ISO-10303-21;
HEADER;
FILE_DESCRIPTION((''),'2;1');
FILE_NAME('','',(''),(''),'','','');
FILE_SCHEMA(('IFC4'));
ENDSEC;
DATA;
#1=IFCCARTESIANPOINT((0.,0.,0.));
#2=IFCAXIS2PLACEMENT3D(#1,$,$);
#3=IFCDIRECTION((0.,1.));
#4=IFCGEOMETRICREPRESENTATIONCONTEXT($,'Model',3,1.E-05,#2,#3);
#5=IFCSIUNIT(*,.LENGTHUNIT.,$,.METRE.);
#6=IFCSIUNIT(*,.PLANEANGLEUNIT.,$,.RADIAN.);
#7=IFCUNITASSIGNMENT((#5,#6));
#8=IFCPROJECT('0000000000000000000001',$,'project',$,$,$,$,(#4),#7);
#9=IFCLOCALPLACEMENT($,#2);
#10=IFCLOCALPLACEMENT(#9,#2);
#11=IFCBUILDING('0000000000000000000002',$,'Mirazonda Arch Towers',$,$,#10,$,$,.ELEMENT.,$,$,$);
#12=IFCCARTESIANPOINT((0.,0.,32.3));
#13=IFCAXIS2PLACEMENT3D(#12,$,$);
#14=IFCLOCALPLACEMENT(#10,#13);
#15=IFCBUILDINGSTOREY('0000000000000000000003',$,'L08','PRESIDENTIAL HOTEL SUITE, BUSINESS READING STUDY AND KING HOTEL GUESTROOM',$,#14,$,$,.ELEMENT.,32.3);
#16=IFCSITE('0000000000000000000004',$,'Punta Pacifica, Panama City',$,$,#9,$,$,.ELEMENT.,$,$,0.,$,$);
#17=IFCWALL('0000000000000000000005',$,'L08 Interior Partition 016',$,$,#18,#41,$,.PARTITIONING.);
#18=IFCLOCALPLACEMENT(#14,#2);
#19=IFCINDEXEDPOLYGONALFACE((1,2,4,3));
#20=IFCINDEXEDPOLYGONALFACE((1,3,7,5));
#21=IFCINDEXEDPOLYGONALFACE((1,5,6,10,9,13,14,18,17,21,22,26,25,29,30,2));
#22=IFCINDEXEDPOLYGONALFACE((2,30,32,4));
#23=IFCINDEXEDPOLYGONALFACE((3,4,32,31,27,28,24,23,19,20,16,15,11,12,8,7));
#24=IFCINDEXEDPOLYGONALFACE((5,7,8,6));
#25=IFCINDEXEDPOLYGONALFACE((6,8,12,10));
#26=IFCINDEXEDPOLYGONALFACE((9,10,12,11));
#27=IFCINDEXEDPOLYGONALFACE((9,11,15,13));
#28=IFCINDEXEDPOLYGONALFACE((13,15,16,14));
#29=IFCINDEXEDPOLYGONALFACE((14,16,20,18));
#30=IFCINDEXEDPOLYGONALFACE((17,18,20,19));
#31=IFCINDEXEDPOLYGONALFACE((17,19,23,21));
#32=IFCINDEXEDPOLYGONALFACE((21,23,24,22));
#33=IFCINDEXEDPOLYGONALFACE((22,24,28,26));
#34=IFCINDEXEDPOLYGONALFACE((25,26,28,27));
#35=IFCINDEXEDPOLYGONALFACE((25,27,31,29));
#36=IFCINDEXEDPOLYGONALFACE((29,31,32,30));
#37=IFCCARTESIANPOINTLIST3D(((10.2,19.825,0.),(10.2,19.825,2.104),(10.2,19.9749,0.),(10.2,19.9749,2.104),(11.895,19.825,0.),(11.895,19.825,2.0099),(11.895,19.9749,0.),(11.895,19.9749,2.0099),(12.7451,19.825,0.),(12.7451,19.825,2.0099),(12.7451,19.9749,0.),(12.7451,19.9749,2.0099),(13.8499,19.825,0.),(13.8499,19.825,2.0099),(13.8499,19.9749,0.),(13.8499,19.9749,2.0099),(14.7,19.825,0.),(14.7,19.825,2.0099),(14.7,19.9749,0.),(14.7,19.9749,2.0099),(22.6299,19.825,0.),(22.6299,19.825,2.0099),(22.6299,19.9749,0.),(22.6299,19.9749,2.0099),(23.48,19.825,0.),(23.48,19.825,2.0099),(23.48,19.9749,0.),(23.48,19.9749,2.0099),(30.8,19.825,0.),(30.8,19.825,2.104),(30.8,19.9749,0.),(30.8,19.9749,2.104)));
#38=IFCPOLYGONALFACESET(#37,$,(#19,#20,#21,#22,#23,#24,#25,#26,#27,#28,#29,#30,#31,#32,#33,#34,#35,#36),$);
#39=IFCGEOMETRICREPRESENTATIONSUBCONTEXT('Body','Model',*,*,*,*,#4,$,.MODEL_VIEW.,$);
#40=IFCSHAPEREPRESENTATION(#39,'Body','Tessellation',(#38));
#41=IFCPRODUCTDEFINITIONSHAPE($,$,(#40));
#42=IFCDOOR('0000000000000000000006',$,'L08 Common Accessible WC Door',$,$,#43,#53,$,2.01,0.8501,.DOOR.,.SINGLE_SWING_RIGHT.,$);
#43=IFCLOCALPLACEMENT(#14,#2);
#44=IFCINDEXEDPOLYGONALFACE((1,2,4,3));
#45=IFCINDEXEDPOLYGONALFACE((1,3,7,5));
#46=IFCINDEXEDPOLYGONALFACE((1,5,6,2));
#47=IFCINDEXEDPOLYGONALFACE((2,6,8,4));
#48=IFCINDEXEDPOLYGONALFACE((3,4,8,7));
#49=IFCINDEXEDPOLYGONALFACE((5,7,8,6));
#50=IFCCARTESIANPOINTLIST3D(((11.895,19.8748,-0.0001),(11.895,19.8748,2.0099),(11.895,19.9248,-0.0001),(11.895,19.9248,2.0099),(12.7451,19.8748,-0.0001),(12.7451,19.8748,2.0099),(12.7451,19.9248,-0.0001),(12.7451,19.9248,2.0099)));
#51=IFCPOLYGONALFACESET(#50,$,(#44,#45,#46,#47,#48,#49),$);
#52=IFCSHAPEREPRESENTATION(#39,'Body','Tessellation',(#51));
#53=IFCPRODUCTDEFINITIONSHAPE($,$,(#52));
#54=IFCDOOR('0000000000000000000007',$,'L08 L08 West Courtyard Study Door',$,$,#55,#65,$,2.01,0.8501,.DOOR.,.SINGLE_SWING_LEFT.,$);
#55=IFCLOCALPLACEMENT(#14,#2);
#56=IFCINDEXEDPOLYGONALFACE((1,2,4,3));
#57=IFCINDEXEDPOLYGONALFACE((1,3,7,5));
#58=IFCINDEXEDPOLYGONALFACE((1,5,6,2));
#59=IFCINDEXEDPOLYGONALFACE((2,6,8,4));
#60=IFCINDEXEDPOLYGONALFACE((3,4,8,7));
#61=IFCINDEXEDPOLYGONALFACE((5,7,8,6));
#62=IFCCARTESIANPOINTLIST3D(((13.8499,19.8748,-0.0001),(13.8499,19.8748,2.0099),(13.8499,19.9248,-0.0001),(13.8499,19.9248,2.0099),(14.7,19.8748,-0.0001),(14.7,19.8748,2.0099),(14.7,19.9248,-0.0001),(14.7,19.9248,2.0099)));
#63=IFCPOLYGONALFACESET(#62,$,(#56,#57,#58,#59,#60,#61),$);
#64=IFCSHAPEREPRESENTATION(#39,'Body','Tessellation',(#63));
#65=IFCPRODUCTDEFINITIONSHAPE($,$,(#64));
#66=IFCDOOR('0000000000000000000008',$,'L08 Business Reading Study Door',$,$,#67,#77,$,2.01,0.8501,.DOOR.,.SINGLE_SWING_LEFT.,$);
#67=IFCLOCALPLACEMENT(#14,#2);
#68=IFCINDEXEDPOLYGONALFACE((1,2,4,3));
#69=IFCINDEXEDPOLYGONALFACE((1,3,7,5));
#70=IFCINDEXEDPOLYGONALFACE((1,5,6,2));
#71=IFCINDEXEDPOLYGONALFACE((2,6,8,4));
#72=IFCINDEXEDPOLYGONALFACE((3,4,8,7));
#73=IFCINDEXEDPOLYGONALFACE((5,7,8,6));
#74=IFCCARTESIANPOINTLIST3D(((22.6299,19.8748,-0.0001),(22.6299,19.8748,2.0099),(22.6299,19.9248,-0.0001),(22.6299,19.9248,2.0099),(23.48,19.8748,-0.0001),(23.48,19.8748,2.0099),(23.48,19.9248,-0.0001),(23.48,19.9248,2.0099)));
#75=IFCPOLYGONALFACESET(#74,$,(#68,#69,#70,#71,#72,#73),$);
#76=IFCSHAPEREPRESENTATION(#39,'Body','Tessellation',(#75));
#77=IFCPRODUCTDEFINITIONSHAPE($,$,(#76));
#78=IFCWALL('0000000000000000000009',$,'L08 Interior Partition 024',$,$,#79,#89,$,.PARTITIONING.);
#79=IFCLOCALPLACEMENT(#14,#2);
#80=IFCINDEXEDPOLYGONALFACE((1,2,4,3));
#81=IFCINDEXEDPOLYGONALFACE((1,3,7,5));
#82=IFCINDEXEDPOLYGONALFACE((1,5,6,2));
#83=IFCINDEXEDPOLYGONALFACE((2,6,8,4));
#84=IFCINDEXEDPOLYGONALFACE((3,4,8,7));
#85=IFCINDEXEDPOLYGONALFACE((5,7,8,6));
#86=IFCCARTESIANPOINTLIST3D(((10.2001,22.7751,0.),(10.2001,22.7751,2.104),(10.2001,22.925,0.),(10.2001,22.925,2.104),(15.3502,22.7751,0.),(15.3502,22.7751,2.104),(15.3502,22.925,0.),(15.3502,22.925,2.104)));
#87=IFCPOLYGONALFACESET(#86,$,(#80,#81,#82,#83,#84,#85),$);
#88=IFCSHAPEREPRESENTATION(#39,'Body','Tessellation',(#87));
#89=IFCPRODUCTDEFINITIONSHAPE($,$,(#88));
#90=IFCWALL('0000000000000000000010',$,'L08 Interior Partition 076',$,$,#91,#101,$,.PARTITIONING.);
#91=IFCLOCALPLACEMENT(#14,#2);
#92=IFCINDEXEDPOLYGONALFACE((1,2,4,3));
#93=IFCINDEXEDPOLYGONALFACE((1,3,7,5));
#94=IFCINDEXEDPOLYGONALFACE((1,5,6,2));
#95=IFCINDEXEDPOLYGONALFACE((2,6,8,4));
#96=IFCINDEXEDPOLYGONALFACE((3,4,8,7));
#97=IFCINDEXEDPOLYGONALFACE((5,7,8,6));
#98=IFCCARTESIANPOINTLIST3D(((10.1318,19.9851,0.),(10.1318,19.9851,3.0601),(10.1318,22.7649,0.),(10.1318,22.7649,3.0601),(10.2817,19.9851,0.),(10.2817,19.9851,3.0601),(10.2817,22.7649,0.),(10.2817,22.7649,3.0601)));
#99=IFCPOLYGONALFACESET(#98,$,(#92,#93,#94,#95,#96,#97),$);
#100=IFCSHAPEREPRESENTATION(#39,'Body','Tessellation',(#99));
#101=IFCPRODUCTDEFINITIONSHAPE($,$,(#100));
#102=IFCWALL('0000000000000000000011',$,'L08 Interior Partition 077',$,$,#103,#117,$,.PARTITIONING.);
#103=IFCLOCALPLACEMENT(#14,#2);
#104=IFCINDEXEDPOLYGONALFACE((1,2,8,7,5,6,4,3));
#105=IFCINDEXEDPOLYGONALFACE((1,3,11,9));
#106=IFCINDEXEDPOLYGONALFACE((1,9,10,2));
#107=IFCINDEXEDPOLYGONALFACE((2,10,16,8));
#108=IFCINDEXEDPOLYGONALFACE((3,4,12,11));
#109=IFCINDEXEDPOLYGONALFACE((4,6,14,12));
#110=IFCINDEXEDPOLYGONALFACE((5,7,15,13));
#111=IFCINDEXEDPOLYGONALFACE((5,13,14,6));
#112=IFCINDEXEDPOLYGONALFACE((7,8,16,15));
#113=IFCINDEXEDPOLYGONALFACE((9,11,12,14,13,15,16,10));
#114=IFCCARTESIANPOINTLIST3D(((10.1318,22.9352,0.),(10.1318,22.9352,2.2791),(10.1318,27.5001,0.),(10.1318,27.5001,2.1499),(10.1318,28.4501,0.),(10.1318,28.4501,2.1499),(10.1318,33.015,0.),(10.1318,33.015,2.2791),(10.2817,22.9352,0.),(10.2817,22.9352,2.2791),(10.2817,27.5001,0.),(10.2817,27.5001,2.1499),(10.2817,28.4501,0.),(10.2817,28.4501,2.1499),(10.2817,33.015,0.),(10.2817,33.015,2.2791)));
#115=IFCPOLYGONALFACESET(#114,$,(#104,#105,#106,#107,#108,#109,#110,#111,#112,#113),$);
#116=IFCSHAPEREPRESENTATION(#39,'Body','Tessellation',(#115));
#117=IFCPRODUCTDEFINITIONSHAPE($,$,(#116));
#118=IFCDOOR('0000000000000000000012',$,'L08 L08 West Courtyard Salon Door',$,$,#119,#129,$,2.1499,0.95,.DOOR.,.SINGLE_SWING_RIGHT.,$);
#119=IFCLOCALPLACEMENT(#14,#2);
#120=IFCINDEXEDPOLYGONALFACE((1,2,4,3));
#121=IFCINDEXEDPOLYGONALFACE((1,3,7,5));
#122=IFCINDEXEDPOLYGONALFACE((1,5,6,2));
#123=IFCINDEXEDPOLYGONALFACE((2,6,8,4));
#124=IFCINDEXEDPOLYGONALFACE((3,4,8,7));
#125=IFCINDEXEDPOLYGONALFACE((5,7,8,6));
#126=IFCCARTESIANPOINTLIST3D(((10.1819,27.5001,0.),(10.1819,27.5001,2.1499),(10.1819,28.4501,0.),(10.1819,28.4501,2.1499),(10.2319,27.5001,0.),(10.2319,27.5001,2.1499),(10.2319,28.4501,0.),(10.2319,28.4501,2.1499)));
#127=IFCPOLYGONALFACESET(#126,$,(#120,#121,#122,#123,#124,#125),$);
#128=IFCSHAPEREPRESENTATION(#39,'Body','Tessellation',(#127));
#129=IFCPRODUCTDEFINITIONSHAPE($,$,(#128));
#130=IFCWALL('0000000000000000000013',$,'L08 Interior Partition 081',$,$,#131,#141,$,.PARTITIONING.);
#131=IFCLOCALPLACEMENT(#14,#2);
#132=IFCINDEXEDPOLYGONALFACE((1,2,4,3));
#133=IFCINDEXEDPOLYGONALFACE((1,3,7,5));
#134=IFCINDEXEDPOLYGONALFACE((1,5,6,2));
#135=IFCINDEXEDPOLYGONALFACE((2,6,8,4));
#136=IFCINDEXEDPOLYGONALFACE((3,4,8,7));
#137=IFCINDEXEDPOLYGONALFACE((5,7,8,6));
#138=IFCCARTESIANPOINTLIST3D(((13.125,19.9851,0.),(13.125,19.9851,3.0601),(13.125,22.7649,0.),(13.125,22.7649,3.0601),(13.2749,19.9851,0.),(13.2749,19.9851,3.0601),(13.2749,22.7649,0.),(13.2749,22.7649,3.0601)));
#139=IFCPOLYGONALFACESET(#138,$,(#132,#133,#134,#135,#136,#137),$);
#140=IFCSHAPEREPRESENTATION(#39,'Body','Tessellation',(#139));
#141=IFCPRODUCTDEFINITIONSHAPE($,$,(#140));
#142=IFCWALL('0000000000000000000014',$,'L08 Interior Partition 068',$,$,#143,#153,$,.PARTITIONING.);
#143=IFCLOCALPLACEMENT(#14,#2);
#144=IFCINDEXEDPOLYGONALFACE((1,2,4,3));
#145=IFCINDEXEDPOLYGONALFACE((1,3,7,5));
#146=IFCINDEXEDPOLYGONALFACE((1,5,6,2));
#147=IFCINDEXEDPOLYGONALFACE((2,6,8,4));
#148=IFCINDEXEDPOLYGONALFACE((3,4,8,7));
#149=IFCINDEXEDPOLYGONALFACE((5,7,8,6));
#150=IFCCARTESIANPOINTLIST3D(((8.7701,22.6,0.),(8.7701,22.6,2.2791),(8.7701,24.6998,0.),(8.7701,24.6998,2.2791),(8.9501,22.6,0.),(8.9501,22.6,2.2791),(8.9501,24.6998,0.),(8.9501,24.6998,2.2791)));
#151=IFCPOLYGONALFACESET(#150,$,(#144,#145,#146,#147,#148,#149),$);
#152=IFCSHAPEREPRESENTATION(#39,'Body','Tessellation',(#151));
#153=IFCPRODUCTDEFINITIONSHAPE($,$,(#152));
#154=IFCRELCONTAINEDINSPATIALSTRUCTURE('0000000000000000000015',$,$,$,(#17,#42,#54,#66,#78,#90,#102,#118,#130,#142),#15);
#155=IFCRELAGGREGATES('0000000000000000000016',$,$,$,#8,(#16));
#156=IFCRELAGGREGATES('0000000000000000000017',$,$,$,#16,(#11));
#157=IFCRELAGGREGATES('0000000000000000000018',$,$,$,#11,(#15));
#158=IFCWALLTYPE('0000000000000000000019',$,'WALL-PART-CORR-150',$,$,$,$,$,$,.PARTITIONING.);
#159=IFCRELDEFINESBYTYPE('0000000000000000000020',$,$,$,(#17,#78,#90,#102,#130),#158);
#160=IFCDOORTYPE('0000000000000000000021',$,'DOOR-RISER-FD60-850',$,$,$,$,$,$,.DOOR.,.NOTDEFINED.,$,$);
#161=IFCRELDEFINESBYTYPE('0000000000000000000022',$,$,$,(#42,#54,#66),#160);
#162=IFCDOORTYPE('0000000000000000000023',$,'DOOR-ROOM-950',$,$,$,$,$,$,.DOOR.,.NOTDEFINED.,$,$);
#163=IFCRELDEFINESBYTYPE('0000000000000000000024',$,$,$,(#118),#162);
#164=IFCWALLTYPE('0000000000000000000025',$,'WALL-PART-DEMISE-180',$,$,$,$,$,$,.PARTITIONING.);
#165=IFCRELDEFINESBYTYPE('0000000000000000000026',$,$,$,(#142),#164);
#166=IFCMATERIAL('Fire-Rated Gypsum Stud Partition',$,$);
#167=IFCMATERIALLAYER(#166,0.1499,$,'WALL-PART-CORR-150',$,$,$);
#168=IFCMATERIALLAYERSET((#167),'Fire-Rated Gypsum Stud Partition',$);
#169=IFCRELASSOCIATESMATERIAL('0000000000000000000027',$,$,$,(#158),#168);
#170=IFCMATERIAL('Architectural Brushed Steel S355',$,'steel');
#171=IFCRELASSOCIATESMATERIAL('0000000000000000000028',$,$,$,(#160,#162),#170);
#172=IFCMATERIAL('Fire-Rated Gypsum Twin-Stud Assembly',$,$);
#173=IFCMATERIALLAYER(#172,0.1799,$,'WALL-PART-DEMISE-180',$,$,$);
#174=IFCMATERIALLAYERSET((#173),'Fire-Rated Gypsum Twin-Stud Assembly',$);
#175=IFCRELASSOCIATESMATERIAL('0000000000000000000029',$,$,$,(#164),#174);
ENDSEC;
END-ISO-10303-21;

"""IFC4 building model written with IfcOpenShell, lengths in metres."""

from ifc_helpers import new_model, si_unit, direction, frame, frame_2d, origin, place, context, subcontext, project, spatial, rectangle, extrude, material, layer, layer_set, type_object, element, fill, save


model = new_model("IFC4")

# Units and contexts
model_context = context("Model", 3, precision=1e-05, world=origin(), true_north=direction((0.0, 1.0)))
body_context = subcontext(model_context, "Body", "Model", "MODEL_VIEW")
ifc_project = project(units=[si_unit("LENGTHUNIT", "METRE"), si_unit("PLANEANGLEUNIT", "RADIAN")], contexts=[model_context])

# Site, building, storey
site_placement = place(None, origin())
site = spatial("IfcSite", under=ifc_project, at=site_placement, Name="Punta Pacifica, Panama City", CompositionType="ELEMENT", RefElevation=0.0)
building_placement = place(site_placement, origin())
building = spatial("IfcBuilding", under=site, at=building_placement, Name="Mirazonda Arch Towers", CompositionType="ELEMENT")
storey_placement = place(building_placement, frame((0.0, 0.0, 32.3)))
storey = spatial("IfcBuildingStorey", under=building, at=storey_placement, Name="L08", Description="PRESIDENTIAL HOTEL SUITE, BUSINESS READING STUDY AND KING HOTEL GUESTROOM", CompositionType="ELEMENT", Elevation=32.3)

# Shared definitions
ifc_material_1 = material(Name="Architectural Brushed Steel S355", Category="steel")

# Shared definitions
ifc_material_2 = material(Name="Fire-Rated Gypsum Stud Partition")
ifc_layer_1 = layer(ifc_material_2, 0.1499, Name="WALL-PART-CORR-150")
ifc_layer_set_1 = layer_set([ifc_layer_1], Name="Fire-Rated Gypsum Stud Partition")
wall_type_1 = type_object("IfcWallType", Name="WALL-PART-CORR-150", PredefinedType="PARTITIONING", material=ifc_layer_set_1)

# Wall, openings, doors
wall_1_placement = place(storey_placement, frame((10.2, 19.8999, 0.0), z_axis=(0.0, 0.0, 1.0), x_axis=(1.0, 0.0, 0.0)))
wall_1 = element("IfcWall", 1, at=wall_1_placement, inside=storey, type_object=wall_type_1, Name="L08 Interior Partition 016", PredefinedType="PARTITIONING", context=body_context, shape_type="SweptSolid", body=[
    extrude(rectangle(XDim=20.6001, YDim=0.1499, at=frame_2d((10.3, 0.0))), origin(), (0.0, 0.0, 1.0), 2.104),
])
opening_1_placement = place(wall_1_placement, frame((1.6951, 0.0, 0.0)))
opening_1 = element("IfcOpeningElement", 2, at=opening_1_placement, cuts=wall_1, PredefinedType="OPENING", context=body_context, shape_type="SweptSolid", body=[
    extrude(rectangle(XDim=0.8501, YDim=2.01, at=frame_2d((0.425, 1.0049))), frame((0.0, 0.085, 0.0), z_axis=(0.0, -1.0, 0.0), x_axis=(1.0, 0.0, 0.0)), (0.0, 0.0, 1.0), 0.1699),
])
opening_2_placement = place(wall_1_placement, frame((3.6499, 0.0, 0.0)))
opening_2 = element("IfcOpeningElement", 3, at=opening_2_placement, cuts=wall_1, PredefinedType="OPENING", context=body_context, shape_type="SweptSolid", body=[
    extrude(rectangle(XDim=0.8501, YDim=2.01, at=frame_2d((0.425, 1.0049))), frame((0.0, 0.085, 0.0), z_axis=(0.0, -1.0, 0.0), x_axis=(1.0, 0.0, 0.0)), (0.0, 0.0, 1.0), 0.1699),
])
opening_3_placement = place(wall_1_placement, frame((12.4299, 0.0, 0.0)))
opening_3 = element("IfcOpeningElement", 4, at=opening_3_placement, cuts=wall_1, PredefinedType="OPENING", context=body_context, shape_type="SweptSolid", body=[
    extrude(rectangle(XDim=0.8501, YDim=2.01, at=frame_2d((0.425, 1.0049))), frame((0.0, 0.085, 0.0), z_axis=(0.0, -1.0, 0.0), x_axis=(1.0, 0.0, 0.0)), (0.0, 0.0, 1.0), 0.1699),
])
door_type_1 = type_object("IfcDoorType", Name="DOOR-RISER-FD60-850", OperationType="NOTDEFINED", PredefinedType="DOOR", material=ifc_material_1)
door_1_placement = place(opening_1_placement, origin())
door_1 = element("IfcDoor", 5, at=door_1_placement, inside=storey, type_object=door_type_1, Name="L08 Common Accessible WC Door", OperationType="SINGLE_SWING_RIGHT", OverallHeight=2.01, OverallWidth=0.8501, PredefinedType="DOOR", context=body_context, shape_type="SweptSolid", body=[
    extrude(rectangle(XDim=0.8501, YDim=2.01, at=frame_2d((0.425, 1.0049))), frame((0.0, 0.0249, 0.0), z_axis=(0.0, -1.0, 0.0), x_axis=(1.0, 0.0, 0.0)), (0.0, 0.0, 1.0), 0.05),
])
fill(opening_1, door_1)
door_2_placement = place(opening_2_placement, origin())
door_2 = element("IfcDoor", 6, at=door_2_placement, inside=storey, type_object=door_type_1, Name="L08 L08 West Courtyard Study Door", OperationType="SINGLE_SWING_LEFT", OverallHeight=2.01, OverallWidth=0.8501, PredefinedType="DOOR", context=body_context, shape_type="SweptSolid", body=[
    extrude(rectangle(XDim=0.8501, YDim=2.01, at=frame_2d((0.425, 1.0049))), frame((0.0, 0.0249, 0.0), z_axis=(0.0, -1.0, 0.0), x_axis=(1.0, 0.0, 0.0)), (0.0, 0.0, 1.0), 0.05),
])
fill(opening_2, door_2)
door_3_placement = place(opening_3_placement, origin())
door_3 = element("IfcDoor", 7, at=door_3_placement, inside=storey, type_object=door_type_1, Name="L08 Business Reading Study Door", OperationType="SINGLE_SWING_LEFT", OverallHeight=2.01, OverallWidth=0.8501, PredefinedType="DOOR", context=body_context, shape_type="SweptSolid", body=[
    extrude(rectangle(XDim=0.8501, YDim=2.01, at=frame_2d((0.425, 1.0049))), frame((0.0, 0.0249, 0.0), z_axis=(0.0, -1.0, 0.0), x_axis=(1.0, 0.0, 0.0)), (0.0, 0.0, 1.0), 0.05),
])
fill(opening_3, door_3)

# Walls
wall_2_placement = place(storey_placement, frame((10.2, 22.8501, 0.0), z_axis=(0.0, 0.0, 1.0), x_axis=(1.0, 0.0, 0.0)))
element("IfcWall", 8, at=wall_2_placement, inside=storey, type_object=wall_type_1, Name="L08 Interior Partition 024", PredefinedType="PARTITIONING", context=body_context, shape_type="SweptSolid", body=[
    extrude(rectangle(XDim=5.1501, YDim=0.1499, at=frame_2d((2.5752, 0.0))), origin(), (0.0, 0.0, 1.0), 2.104),
])
wall_3_placement = place(storey_placement, frame((10.2068, 19.9851, 0.0), z_axis=(0.0, 0.0, 1.0), x_axis=(0.0, 1.0, 0.0)))
element("IfcWall", 9, at=wall_3_placement, inside=storey, type_object=wall_type_1, Name="L08 Interior Partition 076", PredefinedType="PARTITIONING", context=body_context, shape_type="SweptSolid", body=[
    extrude(rectangle(XDim=2.7798, YDim=0.1499, at=frame_2d((1.3899, 0.0))), origin(), (0.0, 0.0, 1.0), 3.0601),
])

# Wall, opening, door
wall_4_placement = place(storey_placement, frame((10.2068, 22.9351, 0.0), z_axis=(0.0, 0.0, 1.0), x_axis=(0.0, 1.0, 0.0)))
wall_4 = element("IfcWall", 10, at=wall_4_placement, inside=storey, type_object=wall_type_1, Name="L08 Interior Partition 077", PredefinedType="PARTITIONING", context=body_context, shape_type="SweptSolid", body=[
    extrude(rectangle(XDim=10.0798, YDim=0.1499, at=frame_2d((5.04, 0.0))), origin(), (0.0, 0.0, 1.0), 2.2791),
])
opening_4_placement = place(wall_4_placement, frame((4.5649, 0.0, 0.0)))
opening_4 = element("IfcOpeningElement", 11, at=opening_4_placement, cuts=wall_4, PredefinedType="OPENING", context=body_context, shape_type="SweptSolid", body=[
    extrude(rectangle(XDim=0.95, YDim=2.1499, at=frame_2d((0.4751, 1.075))), frame((0.0, 0.085, 0.0), z_axis=(0.0, -1.0, 0.0), x_axis=(1.0, 0.0, 0.0)), (0.0, 0.0, 1.0), 0.1699),
])
door_type_2 = type_object("IfcDoorType", Name="DOOR-ROOM-950", OperationType="NOTDEFINED", PredefinedType="DOOR", material=ifc_material_1)
door_4_placement = place(opening_4_placement, origin())
door_4 = element("IfcDoor", 12, at=door_4_placement, inside=storey, type_object=door_type_2, Name="L08 L08 West Courtyard Salon Door", OperationType="SINGLE_SWING_RIGHT", OverallHeight=2.1499, OverallWidth=0.95, PredefinedType="DOOR", context=body_context, shape_type="SweptSolid", body=[
    extrude(rectangle(XDim=0.95, YDim=2.1499, at=frame_2d((0.4751, 1.075))), frame((0.0, 0.0249, 0.0), z_axis=(0.0, -1.0, 0.0), x_axis=(1.0, 0.0, 0.0)), (0.0, 0.0, 1.0), 0.05),
])
fill(opening_4, door_4)

# Walls
wall_5_placement = place(storey_placement, frame((13.2, 19.9851, 0.0), z_axis=(0.0, 0.0, 1.0), x_axis=(0.0, 1.0, 0.0)))
element("IfcWall", 13, at=wall_5_placement, inside=storey, type_object=wall_type_1, Name="L08 Interior Partition 081", PredefinedType="PARTITIONING", context=body_context, shape_type="SweptSolid", body=[
    extrude(rectangle(XDim=2.7798, YDim=0.1499, at=frame_2d((1.3899, 0.0))), origin(), (0.0, 0.0, 1.0), 3.0601),
])
ifc_material_3 = material(Name="Fire-Rated Gypsum Twin-Stud Assembly")
ifc_layer_2 = layer(ifc_material_3, 0.1799, Name="WALL-PART-DEMISE-180")
ifc_layer_set_2 = layer_set([ifc_layer_2], Name="Fire-Rated Gypsum Twin-Stud Assembly")
wall_type_2 = type_object("IfcWallType", Name="WALL-PART-DEMISE-180", PredefinedType="PARTITIONING", material=ifc_layer_set_2)
wall_6_placement = place(storey_placement, frame((8.8601, 22.6001, 0.0), z_axis=(0.0, 0.0, 1.0), x_axis=(0.0, 1.0, 0.0)))
element("IfcWall", 14, at=wall_6_placement, inside=storey, type_object=wall_type_2, Name="L08 Interior Partition 068", PredefinedType="PARTITIONING", context=body_context, shape_type="SweptSolid", body=[
    extrude(rectangle(XDim=2.0999, YDim=0.1799, at=frame_2d((1.0498, 0.0))), origin(), (0.0, 0.0, 1.0), 2.2791),
])

save(model, "model.ifc")
